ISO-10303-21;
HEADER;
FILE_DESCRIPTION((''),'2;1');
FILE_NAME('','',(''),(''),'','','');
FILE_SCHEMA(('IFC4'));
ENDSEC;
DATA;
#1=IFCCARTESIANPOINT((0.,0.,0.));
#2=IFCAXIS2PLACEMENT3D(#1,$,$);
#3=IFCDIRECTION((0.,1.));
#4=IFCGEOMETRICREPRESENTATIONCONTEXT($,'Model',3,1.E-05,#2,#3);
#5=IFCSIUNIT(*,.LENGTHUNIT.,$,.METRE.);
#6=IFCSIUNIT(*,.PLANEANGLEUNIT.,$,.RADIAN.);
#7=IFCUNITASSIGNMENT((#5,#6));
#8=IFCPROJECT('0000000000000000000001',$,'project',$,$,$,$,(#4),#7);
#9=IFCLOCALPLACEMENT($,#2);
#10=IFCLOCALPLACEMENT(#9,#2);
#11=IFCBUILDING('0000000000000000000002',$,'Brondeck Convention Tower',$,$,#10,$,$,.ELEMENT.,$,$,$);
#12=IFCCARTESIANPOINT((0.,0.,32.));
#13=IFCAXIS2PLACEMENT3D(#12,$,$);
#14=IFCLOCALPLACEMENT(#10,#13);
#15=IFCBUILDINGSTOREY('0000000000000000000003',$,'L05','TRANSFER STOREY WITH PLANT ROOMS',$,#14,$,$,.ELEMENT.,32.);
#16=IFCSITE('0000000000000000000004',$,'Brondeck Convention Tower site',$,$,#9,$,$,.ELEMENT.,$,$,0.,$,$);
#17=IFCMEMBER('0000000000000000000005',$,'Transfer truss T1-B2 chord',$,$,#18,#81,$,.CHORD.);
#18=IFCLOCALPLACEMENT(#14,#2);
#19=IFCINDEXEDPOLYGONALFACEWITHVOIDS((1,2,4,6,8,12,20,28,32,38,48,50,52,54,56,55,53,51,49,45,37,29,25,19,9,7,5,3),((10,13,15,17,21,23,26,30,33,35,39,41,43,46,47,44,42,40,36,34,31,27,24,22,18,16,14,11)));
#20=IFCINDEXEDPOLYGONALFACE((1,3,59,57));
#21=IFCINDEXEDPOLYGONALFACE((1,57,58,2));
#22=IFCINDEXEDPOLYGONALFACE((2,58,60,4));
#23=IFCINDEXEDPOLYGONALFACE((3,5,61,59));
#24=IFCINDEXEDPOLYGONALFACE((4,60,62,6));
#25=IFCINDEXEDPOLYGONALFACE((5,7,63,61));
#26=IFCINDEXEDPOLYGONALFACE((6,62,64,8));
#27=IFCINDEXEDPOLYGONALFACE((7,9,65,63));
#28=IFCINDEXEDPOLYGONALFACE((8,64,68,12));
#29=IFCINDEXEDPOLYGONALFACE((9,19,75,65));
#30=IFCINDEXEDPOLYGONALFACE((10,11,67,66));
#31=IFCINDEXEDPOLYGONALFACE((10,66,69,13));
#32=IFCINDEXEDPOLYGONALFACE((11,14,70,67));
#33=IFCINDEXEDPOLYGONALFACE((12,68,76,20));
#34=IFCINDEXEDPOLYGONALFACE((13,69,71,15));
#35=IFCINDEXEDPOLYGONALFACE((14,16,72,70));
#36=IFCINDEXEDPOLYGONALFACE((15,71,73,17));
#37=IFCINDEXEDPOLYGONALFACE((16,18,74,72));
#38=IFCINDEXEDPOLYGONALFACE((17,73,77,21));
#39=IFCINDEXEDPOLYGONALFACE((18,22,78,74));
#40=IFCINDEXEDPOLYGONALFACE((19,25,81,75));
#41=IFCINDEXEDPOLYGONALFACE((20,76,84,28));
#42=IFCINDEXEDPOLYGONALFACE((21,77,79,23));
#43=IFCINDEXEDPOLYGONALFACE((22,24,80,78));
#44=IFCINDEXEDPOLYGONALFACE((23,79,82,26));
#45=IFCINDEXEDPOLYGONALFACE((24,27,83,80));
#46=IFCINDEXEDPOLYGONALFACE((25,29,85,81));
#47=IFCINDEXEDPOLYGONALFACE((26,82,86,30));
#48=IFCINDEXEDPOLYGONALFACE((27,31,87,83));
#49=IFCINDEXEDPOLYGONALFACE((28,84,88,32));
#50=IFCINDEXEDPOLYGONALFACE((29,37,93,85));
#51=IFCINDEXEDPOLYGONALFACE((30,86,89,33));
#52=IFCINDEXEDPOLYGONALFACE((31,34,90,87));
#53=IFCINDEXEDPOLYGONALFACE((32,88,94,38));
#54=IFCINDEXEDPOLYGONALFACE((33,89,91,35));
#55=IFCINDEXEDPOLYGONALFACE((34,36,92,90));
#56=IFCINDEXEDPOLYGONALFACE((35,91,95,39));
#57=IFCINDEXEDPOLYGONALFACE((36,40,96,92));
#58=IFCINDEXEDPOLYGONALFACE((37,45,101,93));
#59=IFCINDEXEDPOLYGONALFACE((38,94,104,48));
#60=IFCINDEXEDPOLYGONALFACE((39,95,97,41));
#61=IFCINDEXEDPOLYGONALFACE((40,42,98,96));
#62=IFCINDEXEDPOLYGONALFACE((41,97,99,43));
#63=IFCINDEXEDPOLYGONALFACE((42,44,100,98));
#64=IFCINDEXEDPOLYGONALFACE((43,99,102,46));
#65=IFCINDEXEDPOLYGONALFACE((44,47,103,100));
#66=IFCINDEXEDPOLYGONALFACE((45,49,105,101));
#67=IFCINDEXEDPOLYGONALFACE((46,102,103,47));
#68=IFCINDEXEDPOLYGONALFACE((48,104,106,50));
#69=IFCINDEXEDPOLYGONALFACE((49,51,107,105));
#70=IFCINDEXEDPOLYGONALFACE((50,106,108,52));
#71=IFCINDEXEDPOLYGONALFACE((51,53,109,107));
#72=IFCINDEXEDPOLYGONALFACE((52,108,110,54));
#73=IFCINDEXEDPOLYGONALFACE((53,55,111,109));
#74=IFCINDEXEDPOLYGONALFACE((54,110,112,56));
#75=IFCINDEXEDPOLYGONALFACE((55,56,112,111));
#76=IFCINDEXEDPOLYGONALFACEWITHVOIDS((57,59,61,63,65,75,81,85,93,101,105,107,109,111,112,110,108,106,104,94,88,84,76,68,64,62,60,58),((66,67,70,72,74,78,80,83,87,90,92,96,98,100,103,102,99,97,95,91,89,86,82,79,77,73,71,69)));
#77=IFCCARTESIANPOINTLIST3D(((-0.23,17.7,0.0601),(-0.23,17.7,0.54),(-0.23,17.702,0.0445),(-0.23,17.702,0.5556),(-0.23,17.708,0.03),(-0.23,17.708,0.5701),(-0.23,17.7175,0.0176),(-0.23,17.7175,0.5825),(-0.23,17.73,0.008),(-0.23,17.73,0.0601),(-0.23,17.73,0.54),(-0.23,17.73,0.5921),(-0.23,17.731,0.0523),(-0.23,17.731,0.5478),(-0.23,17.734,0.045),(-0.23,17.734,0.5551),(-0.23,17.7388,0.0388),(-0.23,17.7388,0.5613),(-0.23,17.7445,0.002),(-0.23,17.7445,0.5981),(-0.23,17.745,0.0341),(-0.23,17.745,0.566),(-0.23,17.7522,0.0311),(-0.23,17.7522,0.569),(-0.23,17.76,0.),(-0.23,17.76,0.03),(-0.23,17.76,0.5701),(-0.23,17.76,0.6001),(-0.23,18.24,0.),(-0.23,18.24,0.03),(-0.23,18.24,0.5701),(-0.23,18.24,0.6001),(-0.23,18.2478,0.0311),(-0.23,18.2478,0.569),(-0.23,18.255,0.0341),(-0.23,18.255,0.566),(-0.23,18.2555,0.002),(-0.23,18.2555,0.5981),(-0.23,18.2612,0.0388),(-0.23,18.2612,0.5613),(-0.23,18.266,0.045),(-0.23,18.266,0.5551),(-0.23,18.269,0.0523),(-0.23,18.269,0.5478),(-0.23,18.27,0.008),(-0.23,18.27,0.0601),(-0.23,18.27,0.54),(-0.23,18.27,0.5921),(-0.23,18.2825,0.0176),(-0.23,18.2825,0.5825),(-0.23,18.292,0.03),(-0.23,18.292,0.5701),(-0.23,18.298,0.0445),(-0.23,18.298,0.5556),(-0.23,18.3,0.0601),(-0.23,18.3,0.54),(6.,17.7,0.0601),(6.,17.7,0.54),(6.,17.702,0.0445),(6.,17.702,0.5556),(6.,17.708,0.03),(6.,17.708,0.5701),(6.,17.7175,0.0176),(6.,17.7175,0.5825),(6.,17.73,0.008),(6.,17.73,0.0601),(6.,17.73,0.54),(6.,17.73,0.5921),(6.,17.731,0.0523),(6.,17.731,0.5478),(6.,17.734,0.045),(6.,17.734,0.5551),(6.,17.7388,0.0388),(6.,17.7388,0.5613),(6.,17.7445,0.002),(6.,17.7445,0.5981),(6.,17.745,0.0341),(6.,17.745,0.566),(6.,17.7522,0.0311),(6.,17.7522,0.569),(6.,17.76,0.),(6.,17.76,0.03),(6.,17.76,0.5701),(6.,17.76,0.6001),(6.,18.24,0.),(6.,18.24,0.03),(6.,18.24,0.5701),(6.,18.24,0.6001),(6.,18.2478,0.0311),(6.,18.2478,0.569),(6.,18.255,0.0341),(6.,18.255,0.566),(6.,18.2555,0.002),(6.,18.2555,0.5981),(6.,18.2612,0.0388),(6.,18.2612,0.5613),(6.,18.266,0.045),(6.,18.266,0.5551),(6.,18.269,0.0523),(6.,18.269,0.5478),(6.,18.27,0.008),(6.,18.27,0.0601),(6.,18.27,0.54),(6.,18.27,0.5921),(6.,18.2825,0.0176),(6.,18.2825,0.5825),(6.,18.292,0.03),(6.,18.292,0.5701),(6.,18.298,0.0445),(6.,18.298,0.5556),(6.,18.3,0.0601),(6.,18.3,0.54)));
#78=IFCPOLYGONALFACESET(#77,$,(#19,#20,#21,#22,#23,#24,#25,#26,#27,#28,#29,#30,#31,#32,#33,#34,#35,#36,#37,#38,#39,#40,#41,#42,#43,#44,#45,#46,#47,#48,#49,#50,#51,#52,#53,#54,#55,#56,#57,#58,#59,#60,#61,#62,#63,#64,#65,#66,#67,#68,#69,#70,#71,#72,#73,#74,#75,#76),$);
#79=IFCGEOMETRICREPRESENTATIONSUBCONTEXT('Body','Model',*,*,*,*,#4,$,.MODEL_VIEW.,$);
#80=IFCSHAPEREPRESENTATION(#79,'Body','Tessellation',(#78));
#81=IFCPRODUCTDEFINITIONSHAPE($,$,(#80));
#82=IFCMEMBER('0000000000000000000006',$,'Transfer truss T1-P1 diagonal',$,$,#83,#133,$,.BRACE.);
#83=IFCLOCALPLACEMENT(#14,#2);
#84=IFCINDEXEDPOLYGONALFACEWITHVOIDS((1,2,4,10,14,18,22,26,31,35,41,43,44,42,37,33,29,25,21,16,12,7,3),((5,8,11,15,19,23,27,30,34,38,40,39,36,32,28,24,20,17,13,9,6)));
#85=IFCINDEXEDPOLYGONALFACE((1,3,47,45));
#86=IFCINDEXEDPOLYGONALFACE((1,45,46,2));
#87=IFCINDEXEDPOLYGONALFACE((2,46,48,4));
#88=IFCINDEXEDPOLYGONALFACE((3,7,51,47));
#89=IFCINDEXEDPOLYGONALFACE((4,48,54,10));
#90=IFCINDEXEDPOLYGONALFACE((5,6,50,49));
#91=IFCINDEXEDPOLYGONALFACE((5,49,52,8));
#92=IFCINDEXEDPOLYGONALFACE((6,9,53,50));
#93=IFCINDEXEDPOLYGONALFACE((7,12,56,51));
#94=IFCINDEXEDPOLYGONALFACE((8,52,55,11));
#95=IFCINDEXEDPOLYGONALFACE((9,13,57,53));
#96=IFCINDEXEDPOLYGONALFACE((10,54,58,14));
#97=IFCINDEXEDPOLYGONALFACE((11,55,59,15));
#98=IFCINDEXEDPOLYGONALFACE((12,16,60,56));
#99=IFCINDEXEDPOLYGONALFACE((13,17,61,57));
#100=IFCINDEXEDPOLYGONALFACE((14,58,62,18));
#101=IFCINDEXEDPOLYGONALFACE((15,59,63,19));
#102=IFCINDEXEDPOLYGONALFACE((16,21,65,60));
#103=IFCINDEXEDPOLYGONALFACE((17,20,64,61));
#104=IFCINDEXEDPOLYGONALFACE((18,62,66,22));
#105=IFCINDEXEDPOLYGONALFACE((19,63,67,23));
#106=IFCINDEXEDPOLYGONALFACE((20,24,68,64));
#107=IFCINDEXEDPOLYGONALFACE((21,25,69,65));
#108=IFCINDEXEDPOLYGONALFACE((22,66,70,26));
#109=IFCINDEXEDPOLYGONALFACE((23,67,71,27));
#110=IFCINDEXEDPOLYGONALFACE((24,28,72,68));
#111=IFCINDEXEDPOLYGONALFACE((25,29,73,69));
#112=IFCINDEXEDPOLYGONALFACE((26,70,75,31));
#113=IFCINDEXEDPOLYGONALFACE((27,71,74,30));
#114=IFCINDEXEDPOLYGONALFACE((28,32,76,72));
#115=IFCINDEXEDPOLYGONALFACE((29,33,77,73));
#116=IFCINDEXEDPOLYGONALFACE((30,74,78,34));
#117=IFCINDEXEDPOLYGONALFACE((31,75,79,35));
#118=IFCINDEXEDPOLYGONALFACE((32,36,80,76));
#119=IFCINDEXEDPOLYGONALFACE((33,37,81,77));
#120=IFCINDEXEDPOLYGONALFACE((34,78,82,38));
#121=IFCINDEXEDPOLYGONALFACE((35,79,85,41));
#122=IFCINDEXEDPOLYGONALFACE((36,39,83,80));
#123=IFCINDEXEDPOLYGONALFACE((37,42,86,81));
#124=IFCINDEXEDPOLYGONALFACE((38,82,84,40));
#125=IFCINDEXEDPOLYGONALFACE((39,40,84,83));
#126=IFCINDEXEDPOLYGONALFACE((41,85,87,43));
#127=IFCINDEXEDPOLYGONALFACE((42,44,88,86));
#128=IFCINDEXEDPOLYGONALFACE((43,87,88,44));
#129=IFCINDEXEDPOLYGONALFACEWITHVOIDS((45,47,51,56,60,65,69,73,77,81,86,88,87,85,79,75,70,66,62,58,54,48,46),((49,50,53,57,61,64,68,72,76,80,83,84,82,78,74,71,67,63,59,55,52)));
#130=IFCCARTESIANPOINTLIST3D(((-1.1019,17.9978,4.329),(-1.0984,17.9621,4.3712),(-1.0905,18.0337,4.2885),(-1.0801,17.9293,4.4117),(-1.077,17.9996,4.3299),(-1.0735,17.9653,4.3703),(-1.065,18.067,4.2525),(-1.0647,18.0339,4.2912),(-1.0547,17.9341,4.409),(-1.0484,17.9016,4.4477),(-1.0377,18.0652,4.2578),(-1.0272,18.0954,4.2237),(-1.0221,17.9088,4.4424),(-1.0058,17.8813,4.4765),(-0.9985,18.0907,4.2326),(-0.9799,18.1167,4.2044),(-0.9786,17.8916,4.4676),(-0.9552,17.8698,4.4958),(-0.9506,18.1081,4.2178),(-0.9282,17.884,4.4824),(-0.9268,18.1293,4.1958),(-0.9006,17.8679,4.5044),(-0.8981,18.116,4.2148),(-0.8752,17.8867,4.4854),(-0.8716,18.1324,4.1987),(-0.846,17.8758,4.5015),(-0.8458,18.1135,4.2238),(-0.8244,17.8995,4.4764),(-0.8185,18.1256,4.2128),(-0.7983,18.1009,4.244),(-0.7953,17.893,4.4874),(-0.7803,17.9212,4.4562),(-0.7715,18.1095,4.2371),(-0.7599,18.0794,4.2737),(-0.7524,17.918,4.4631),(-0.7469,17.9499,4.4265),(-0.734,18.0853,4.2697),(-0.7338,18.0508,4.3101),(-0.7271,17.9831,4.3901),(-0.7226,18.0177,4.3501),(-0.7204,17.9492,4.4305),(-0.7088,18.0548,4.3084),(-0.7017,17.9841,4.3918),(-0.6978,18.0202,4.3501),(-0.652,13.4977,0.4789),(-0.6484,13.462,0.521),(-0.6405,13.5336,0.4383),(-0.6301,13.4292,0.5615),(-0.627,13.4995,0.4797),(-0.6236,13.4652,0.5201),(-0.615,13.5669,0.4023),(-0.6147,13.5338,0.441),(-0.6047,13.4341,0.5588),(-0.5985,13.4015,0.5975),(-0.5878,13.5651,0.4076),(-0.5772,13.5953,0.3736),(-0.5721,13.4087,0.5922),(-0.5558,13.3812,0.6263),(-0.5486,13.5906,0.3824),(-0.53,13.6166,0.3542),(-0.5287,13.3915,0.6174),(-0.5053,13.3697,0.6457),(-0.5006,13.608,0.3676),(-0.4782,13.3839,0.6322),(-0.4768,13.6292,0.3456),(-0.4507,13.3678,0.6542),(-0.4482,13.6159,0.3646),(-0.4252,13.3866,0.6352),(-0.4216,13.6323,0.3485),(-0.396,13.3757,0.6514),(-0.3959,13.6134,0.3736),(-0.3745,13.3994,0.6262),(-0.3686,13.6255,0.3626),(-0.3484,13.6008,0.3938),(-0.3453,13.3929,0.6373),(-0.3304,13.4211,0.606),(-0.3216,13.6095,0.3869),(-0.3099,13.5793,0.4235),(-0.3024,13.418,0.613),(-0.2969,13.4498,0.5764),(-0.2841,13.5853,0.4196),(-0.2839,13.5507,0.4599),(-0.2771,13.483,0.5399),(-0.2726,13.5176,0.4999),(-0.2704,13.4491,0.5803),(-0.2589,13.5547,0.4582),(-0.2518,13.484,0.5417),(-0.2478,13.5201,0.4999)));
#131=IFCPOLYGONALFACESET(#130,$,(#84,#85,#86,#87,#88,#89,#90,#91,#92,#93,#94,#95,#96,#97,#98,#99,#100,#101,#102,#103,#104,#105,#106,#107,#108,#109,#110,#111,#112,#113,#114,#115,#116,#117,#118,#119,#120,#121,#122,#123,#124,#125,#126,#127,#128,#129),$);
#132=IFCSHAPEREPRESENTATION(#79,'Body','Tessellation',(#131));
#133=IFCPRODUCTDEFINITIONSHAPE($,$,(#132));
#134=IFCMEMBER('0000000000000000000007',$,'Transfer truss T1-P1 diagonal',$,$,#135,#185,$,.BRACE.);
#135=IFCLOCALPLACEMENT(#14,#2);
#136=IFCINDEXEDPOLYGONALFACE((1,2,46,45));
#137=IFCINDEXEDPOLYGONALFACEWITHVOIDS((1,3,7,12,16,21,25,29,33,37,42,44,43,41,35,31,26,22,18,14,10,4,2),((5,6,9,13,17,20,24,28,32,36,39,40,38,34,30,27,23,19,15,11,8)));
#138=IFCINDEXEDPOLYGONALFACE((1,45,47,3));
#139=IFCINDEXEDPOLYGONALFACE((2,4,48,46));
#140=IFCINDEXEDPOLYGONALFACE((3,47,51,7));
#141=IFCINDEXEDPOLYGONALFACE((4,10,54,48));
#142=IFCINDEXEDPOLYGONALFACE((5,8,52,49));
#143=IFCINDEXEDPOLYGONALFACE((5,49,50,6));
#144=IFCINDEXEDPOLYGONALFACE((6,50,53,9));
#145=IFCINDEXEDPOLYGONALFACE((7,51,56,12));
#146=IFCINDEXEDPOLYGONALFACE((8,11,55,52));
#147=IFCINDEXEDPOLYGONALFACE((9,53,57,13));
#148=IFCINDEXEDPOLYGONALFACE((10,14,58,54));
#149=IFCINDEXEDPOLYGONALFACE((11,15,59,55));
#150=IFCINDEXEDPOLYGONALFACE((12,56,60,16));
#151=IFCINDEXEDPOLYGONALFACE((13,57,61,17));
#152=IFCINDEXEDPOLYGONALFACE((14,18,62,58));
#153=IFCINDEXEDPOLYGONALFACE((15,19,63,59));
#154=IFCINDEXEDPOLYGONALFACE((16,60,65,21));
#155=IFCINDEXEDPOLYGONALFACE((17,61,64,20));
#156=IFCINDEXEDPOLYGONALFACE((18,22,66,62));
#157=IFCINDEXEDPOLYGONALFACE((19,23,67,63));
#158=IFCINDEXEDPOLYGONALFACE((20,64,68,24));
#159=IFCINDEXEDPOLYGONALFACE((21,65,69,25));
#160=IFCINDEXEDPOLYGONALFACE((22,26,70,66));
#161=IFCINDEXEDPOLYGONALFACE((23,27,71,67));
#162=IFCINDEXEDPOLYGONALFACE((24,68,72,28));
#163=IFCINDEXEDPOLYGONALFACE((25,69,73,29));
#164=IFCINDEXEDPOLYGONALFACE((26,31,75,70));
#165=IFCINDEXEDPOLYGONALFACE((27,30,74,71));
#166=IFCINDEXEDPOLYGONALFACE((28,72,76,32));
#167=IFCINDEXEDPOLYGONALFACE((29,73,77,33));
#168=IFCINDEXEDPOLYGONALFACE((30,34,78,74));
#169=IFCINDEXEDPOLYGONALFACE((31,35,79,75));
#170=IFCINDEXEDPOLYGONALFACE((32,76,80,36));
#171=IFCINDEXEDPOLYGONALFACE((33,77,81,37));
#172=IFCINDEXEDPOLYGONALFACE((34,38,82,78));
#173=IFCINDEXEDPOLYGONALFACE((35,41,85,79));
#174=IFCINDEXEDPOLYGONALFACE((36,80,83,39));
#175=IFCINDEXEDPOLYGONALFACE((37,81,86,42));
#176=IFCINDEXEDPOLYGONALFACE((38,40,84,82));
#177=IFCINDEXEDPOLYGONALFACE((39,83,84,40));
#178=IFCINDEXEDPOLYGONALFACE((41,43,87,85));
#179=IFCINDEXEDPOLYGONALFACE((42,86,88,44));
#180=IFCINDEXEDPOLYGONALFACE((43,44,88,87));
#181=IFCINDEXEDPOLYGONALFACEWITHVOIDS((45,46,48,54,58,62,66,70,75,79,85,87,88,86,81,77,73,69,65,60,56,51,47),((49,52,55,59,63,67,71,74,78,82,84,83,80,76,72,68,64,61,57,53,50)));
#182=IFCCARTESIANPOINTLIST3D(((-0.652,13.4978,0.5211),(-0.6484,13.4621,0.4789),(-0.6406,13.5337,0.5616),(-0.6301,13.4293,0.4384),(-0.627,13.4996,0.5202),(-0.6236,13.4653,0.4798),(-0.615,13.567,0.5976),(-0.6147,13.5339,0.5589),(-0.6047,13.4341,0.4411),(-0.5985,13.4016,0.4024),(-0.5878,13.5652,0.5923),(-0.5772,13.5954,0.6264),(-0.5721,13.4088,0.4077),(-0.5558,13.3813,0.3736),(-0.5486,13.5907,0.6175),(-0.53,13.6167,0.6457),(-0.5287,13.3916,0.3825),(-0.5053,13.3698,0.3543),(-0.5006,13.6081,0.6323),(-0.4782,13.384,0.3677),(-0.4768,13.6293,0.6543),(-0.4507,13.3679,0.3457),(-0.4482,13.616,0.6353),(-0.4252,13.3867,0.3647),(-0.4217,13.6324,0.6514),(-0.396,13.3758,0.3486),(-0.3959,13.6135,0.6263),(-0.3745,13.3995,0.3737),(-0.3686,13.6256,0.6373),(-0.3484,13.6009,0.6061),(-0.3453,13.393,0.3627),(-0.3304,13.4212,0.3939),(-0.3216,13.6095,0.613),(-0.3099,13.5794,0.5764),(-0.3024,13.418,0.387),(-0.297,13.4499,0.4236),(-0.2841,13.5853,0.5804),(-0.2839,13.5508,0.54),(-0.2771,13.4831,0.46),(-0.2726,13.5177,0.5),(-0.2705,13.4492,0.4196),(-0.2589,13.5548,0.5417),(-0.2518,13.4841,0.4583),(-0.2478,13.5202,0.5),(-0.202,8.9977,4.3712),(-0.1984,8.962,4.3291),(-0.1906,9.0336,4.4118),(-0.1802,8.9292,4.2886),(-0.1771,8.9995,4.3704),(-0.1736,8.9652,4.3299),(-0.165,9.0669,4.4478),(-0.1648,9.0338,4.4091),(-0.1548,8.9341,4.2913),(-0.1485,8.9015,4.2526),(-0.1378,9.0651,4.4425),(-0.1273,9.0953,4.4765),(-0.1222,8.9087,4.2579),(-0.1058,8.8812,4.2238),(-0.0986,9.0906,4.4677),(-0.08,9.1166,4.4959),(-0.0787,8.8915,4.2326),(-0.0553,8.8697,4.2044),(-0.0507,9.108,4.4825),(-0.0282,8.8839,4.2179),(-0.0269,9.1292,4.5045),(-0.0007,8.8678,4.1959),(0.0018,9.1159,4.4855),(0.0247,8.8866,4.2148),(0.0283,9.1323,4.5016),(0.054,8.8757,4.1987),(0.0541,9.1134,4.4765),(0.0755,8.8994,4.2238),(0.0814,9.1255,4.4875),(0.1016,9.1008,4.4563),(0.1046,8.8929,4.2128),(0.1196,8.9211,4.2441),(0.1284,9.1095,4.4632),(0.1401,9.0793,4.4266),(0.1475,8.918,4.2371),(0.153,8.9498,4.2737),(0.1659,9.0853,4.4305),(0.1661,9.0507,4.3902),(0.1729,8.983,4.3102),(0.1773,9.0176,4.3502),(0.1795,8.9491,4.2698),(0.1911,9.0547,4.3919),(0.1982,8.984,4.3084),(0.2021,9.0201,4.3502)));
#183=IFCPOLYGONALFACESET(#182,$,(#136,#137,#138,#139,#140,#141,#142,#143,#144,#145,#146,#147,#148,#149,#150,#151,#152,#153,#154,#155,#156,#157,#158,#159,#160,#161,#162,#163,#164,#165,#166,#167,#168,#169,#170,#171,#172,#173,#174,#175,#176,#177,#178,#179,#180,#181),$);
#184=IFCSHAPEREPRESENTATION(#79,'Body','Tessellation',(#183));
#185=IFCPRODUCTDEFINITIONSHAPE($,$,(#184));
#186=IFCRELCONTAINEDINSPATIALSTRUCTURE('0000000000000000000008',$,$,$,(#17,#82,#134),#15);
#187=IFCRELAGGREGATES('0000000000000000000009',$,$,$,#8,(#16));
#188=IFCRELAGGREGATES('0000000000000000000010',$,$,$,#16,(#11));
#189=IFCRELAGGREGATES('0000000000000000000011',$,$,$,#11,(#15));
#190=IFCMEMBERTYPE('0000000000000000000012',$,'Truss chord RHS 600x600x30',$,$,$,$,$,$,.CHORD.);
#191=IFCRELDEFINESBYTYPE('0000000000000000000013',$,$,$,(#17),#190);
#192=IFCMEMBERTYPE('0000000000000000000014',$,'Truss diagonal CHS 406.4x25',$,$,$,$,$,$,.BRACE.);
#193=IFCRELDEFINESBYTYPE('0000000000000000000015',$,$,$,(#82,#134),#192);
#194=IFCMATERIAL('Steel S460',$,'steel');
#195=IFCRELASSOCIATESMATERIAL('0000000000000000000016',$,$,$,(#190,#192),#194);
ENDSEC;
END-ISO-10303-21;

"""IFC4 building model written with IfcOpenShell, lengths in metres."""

from ifc_helpers import new_model, si_unit, direction, frame, origin, origin_2d, place, context, subcontext, project, spatial, hollow_rectangle, hollow_circle, extrude, material, material_profile, profile_set, type_object, element, save


model = new_model("IFC4")

# Units and contexts
model_context = context("Model", 3, precision=1e-05, world=origin(), true_north=direction((0.0, 1.0)))
body_context = subcontext(model_context, "Body", "Model", "MODEL_VIEW")
ifc_project = project(units=[si_unit("LENGTHUNIT", "METRE"), si_unit("PLANEANGLEUNIT", "RADIAN")], contexts=[model_context])

# Site, building, storey
site_placement = place(None, origin())
site = spatial("IfcSite", under=ifc_project, at=site_placement, Name="Brondeck Convention Tower site", CompositionType="ELEMENT", RefElevation=0.0)
building_placement = place(site_placement, origin())
building = spatial("IfcBuilding", under=site, at=building_placement, Name="Brondeck Convention Tower", CompositionType="ELEMENT")
storey_placement = place(building_placement, frame((0.0, 0.0, 32.0)))
storey = spatial("IfcBuildingStorey", under=building, at=storey_placement, Name="L05", Description="TRANSFER STOREY WITH PLANT ROOMS", CompositionType="ELEMENT", Elevation=32.0)

# Shared definitions
ifc_material_1 = material(Name="Steel S460", Category="steel")

# Members
ifc_material_profile_1 = material_profile(ifc_material_1, hollow_rectangle(XDim=0.6001, YDim=0.6001, WallThickness=0.03, InnerFilletRadius=0.03, OuterFilletRadius=0.0601, at=origin_2d()), Name="RHS 600x600x30")
ifc_profile_set_1 = profile_set([ifc_material_profile_1], Name="Steel S460")
member_type_1 = type_object("IfcMemberType", Name="Truss chord RHS 600x600x30", PredefinedType="CHORD", material=ifc_profile_set_1)
member_1_placement = place(storey_placement, frame((6.0, 18.0, 0.3), z_axis=(-1.0, 0.0, 0.0), x_axis=(0.0, -1.0, 0.0)))
element("IfcMember", 1, at=member_1_placement, inside=storey, type_object=member_type_1, Name="Transfer truss T1-B2 chord", PredefinedType="CHORD", context=body_context, shape_type="SweptSolid", body=[
    extrude(hollow_rectangle(XDim=0.6001, YDim=0.6001, WallThickness=0.03, InnerFilletRadius=0.03, OuterFilletRadius=0.0601, at=origin_2d()), origin(), (0.0, 0.0, 1.0), 6.23),
])
ifc_material_profile_2 = material_profile(ifc_material_1, hollow_circle(Radius=0.2031, WallThickness=0.0249, at=origin_2d()), Name="CHS 406.4x25")
ifc_profile_set_2 = profile_set([ifc_material_profile_2], Name="Steel S460")
member_type_2 = type_object("IfcMemberType", Name="Truss diagonal CHS 406.4x25", PredefinedType="BRACE", material=ifc_profile_set_2)
for number, where, z_axis, x_axis, name in (
    (2, (-0.8999, 18.0, 4.3501), (0.075758, -0.75766, -0.648237), (0.995038, 0.099493, 0.0), "Transfer truss T1-P1 diagonal"),
    (3, (-0.45, 13.5, 0.5), (0.075758, -0.75766, 0.648237), (0.995038, 0.099493, 0.0), "Transfer truss T1-P1 diagonal"),
):
    element("IfcMember", number, at=place(storey_placement, frame(where, z_axis=z_axis, x_axis=x_axis)), inside=storey, type_object=member_type_2, Name=name, PredefinedType="BRACE", context=body_context, shape_type="SweptSolid", body=[
        extrude(hollow_circle(Radius=0.2031, WallThickness=0.0249, at=origin_2d()), origin(), (0.0, 0.0, 1.0), 5.9395),
    ])

save(model, "model.ifc")
